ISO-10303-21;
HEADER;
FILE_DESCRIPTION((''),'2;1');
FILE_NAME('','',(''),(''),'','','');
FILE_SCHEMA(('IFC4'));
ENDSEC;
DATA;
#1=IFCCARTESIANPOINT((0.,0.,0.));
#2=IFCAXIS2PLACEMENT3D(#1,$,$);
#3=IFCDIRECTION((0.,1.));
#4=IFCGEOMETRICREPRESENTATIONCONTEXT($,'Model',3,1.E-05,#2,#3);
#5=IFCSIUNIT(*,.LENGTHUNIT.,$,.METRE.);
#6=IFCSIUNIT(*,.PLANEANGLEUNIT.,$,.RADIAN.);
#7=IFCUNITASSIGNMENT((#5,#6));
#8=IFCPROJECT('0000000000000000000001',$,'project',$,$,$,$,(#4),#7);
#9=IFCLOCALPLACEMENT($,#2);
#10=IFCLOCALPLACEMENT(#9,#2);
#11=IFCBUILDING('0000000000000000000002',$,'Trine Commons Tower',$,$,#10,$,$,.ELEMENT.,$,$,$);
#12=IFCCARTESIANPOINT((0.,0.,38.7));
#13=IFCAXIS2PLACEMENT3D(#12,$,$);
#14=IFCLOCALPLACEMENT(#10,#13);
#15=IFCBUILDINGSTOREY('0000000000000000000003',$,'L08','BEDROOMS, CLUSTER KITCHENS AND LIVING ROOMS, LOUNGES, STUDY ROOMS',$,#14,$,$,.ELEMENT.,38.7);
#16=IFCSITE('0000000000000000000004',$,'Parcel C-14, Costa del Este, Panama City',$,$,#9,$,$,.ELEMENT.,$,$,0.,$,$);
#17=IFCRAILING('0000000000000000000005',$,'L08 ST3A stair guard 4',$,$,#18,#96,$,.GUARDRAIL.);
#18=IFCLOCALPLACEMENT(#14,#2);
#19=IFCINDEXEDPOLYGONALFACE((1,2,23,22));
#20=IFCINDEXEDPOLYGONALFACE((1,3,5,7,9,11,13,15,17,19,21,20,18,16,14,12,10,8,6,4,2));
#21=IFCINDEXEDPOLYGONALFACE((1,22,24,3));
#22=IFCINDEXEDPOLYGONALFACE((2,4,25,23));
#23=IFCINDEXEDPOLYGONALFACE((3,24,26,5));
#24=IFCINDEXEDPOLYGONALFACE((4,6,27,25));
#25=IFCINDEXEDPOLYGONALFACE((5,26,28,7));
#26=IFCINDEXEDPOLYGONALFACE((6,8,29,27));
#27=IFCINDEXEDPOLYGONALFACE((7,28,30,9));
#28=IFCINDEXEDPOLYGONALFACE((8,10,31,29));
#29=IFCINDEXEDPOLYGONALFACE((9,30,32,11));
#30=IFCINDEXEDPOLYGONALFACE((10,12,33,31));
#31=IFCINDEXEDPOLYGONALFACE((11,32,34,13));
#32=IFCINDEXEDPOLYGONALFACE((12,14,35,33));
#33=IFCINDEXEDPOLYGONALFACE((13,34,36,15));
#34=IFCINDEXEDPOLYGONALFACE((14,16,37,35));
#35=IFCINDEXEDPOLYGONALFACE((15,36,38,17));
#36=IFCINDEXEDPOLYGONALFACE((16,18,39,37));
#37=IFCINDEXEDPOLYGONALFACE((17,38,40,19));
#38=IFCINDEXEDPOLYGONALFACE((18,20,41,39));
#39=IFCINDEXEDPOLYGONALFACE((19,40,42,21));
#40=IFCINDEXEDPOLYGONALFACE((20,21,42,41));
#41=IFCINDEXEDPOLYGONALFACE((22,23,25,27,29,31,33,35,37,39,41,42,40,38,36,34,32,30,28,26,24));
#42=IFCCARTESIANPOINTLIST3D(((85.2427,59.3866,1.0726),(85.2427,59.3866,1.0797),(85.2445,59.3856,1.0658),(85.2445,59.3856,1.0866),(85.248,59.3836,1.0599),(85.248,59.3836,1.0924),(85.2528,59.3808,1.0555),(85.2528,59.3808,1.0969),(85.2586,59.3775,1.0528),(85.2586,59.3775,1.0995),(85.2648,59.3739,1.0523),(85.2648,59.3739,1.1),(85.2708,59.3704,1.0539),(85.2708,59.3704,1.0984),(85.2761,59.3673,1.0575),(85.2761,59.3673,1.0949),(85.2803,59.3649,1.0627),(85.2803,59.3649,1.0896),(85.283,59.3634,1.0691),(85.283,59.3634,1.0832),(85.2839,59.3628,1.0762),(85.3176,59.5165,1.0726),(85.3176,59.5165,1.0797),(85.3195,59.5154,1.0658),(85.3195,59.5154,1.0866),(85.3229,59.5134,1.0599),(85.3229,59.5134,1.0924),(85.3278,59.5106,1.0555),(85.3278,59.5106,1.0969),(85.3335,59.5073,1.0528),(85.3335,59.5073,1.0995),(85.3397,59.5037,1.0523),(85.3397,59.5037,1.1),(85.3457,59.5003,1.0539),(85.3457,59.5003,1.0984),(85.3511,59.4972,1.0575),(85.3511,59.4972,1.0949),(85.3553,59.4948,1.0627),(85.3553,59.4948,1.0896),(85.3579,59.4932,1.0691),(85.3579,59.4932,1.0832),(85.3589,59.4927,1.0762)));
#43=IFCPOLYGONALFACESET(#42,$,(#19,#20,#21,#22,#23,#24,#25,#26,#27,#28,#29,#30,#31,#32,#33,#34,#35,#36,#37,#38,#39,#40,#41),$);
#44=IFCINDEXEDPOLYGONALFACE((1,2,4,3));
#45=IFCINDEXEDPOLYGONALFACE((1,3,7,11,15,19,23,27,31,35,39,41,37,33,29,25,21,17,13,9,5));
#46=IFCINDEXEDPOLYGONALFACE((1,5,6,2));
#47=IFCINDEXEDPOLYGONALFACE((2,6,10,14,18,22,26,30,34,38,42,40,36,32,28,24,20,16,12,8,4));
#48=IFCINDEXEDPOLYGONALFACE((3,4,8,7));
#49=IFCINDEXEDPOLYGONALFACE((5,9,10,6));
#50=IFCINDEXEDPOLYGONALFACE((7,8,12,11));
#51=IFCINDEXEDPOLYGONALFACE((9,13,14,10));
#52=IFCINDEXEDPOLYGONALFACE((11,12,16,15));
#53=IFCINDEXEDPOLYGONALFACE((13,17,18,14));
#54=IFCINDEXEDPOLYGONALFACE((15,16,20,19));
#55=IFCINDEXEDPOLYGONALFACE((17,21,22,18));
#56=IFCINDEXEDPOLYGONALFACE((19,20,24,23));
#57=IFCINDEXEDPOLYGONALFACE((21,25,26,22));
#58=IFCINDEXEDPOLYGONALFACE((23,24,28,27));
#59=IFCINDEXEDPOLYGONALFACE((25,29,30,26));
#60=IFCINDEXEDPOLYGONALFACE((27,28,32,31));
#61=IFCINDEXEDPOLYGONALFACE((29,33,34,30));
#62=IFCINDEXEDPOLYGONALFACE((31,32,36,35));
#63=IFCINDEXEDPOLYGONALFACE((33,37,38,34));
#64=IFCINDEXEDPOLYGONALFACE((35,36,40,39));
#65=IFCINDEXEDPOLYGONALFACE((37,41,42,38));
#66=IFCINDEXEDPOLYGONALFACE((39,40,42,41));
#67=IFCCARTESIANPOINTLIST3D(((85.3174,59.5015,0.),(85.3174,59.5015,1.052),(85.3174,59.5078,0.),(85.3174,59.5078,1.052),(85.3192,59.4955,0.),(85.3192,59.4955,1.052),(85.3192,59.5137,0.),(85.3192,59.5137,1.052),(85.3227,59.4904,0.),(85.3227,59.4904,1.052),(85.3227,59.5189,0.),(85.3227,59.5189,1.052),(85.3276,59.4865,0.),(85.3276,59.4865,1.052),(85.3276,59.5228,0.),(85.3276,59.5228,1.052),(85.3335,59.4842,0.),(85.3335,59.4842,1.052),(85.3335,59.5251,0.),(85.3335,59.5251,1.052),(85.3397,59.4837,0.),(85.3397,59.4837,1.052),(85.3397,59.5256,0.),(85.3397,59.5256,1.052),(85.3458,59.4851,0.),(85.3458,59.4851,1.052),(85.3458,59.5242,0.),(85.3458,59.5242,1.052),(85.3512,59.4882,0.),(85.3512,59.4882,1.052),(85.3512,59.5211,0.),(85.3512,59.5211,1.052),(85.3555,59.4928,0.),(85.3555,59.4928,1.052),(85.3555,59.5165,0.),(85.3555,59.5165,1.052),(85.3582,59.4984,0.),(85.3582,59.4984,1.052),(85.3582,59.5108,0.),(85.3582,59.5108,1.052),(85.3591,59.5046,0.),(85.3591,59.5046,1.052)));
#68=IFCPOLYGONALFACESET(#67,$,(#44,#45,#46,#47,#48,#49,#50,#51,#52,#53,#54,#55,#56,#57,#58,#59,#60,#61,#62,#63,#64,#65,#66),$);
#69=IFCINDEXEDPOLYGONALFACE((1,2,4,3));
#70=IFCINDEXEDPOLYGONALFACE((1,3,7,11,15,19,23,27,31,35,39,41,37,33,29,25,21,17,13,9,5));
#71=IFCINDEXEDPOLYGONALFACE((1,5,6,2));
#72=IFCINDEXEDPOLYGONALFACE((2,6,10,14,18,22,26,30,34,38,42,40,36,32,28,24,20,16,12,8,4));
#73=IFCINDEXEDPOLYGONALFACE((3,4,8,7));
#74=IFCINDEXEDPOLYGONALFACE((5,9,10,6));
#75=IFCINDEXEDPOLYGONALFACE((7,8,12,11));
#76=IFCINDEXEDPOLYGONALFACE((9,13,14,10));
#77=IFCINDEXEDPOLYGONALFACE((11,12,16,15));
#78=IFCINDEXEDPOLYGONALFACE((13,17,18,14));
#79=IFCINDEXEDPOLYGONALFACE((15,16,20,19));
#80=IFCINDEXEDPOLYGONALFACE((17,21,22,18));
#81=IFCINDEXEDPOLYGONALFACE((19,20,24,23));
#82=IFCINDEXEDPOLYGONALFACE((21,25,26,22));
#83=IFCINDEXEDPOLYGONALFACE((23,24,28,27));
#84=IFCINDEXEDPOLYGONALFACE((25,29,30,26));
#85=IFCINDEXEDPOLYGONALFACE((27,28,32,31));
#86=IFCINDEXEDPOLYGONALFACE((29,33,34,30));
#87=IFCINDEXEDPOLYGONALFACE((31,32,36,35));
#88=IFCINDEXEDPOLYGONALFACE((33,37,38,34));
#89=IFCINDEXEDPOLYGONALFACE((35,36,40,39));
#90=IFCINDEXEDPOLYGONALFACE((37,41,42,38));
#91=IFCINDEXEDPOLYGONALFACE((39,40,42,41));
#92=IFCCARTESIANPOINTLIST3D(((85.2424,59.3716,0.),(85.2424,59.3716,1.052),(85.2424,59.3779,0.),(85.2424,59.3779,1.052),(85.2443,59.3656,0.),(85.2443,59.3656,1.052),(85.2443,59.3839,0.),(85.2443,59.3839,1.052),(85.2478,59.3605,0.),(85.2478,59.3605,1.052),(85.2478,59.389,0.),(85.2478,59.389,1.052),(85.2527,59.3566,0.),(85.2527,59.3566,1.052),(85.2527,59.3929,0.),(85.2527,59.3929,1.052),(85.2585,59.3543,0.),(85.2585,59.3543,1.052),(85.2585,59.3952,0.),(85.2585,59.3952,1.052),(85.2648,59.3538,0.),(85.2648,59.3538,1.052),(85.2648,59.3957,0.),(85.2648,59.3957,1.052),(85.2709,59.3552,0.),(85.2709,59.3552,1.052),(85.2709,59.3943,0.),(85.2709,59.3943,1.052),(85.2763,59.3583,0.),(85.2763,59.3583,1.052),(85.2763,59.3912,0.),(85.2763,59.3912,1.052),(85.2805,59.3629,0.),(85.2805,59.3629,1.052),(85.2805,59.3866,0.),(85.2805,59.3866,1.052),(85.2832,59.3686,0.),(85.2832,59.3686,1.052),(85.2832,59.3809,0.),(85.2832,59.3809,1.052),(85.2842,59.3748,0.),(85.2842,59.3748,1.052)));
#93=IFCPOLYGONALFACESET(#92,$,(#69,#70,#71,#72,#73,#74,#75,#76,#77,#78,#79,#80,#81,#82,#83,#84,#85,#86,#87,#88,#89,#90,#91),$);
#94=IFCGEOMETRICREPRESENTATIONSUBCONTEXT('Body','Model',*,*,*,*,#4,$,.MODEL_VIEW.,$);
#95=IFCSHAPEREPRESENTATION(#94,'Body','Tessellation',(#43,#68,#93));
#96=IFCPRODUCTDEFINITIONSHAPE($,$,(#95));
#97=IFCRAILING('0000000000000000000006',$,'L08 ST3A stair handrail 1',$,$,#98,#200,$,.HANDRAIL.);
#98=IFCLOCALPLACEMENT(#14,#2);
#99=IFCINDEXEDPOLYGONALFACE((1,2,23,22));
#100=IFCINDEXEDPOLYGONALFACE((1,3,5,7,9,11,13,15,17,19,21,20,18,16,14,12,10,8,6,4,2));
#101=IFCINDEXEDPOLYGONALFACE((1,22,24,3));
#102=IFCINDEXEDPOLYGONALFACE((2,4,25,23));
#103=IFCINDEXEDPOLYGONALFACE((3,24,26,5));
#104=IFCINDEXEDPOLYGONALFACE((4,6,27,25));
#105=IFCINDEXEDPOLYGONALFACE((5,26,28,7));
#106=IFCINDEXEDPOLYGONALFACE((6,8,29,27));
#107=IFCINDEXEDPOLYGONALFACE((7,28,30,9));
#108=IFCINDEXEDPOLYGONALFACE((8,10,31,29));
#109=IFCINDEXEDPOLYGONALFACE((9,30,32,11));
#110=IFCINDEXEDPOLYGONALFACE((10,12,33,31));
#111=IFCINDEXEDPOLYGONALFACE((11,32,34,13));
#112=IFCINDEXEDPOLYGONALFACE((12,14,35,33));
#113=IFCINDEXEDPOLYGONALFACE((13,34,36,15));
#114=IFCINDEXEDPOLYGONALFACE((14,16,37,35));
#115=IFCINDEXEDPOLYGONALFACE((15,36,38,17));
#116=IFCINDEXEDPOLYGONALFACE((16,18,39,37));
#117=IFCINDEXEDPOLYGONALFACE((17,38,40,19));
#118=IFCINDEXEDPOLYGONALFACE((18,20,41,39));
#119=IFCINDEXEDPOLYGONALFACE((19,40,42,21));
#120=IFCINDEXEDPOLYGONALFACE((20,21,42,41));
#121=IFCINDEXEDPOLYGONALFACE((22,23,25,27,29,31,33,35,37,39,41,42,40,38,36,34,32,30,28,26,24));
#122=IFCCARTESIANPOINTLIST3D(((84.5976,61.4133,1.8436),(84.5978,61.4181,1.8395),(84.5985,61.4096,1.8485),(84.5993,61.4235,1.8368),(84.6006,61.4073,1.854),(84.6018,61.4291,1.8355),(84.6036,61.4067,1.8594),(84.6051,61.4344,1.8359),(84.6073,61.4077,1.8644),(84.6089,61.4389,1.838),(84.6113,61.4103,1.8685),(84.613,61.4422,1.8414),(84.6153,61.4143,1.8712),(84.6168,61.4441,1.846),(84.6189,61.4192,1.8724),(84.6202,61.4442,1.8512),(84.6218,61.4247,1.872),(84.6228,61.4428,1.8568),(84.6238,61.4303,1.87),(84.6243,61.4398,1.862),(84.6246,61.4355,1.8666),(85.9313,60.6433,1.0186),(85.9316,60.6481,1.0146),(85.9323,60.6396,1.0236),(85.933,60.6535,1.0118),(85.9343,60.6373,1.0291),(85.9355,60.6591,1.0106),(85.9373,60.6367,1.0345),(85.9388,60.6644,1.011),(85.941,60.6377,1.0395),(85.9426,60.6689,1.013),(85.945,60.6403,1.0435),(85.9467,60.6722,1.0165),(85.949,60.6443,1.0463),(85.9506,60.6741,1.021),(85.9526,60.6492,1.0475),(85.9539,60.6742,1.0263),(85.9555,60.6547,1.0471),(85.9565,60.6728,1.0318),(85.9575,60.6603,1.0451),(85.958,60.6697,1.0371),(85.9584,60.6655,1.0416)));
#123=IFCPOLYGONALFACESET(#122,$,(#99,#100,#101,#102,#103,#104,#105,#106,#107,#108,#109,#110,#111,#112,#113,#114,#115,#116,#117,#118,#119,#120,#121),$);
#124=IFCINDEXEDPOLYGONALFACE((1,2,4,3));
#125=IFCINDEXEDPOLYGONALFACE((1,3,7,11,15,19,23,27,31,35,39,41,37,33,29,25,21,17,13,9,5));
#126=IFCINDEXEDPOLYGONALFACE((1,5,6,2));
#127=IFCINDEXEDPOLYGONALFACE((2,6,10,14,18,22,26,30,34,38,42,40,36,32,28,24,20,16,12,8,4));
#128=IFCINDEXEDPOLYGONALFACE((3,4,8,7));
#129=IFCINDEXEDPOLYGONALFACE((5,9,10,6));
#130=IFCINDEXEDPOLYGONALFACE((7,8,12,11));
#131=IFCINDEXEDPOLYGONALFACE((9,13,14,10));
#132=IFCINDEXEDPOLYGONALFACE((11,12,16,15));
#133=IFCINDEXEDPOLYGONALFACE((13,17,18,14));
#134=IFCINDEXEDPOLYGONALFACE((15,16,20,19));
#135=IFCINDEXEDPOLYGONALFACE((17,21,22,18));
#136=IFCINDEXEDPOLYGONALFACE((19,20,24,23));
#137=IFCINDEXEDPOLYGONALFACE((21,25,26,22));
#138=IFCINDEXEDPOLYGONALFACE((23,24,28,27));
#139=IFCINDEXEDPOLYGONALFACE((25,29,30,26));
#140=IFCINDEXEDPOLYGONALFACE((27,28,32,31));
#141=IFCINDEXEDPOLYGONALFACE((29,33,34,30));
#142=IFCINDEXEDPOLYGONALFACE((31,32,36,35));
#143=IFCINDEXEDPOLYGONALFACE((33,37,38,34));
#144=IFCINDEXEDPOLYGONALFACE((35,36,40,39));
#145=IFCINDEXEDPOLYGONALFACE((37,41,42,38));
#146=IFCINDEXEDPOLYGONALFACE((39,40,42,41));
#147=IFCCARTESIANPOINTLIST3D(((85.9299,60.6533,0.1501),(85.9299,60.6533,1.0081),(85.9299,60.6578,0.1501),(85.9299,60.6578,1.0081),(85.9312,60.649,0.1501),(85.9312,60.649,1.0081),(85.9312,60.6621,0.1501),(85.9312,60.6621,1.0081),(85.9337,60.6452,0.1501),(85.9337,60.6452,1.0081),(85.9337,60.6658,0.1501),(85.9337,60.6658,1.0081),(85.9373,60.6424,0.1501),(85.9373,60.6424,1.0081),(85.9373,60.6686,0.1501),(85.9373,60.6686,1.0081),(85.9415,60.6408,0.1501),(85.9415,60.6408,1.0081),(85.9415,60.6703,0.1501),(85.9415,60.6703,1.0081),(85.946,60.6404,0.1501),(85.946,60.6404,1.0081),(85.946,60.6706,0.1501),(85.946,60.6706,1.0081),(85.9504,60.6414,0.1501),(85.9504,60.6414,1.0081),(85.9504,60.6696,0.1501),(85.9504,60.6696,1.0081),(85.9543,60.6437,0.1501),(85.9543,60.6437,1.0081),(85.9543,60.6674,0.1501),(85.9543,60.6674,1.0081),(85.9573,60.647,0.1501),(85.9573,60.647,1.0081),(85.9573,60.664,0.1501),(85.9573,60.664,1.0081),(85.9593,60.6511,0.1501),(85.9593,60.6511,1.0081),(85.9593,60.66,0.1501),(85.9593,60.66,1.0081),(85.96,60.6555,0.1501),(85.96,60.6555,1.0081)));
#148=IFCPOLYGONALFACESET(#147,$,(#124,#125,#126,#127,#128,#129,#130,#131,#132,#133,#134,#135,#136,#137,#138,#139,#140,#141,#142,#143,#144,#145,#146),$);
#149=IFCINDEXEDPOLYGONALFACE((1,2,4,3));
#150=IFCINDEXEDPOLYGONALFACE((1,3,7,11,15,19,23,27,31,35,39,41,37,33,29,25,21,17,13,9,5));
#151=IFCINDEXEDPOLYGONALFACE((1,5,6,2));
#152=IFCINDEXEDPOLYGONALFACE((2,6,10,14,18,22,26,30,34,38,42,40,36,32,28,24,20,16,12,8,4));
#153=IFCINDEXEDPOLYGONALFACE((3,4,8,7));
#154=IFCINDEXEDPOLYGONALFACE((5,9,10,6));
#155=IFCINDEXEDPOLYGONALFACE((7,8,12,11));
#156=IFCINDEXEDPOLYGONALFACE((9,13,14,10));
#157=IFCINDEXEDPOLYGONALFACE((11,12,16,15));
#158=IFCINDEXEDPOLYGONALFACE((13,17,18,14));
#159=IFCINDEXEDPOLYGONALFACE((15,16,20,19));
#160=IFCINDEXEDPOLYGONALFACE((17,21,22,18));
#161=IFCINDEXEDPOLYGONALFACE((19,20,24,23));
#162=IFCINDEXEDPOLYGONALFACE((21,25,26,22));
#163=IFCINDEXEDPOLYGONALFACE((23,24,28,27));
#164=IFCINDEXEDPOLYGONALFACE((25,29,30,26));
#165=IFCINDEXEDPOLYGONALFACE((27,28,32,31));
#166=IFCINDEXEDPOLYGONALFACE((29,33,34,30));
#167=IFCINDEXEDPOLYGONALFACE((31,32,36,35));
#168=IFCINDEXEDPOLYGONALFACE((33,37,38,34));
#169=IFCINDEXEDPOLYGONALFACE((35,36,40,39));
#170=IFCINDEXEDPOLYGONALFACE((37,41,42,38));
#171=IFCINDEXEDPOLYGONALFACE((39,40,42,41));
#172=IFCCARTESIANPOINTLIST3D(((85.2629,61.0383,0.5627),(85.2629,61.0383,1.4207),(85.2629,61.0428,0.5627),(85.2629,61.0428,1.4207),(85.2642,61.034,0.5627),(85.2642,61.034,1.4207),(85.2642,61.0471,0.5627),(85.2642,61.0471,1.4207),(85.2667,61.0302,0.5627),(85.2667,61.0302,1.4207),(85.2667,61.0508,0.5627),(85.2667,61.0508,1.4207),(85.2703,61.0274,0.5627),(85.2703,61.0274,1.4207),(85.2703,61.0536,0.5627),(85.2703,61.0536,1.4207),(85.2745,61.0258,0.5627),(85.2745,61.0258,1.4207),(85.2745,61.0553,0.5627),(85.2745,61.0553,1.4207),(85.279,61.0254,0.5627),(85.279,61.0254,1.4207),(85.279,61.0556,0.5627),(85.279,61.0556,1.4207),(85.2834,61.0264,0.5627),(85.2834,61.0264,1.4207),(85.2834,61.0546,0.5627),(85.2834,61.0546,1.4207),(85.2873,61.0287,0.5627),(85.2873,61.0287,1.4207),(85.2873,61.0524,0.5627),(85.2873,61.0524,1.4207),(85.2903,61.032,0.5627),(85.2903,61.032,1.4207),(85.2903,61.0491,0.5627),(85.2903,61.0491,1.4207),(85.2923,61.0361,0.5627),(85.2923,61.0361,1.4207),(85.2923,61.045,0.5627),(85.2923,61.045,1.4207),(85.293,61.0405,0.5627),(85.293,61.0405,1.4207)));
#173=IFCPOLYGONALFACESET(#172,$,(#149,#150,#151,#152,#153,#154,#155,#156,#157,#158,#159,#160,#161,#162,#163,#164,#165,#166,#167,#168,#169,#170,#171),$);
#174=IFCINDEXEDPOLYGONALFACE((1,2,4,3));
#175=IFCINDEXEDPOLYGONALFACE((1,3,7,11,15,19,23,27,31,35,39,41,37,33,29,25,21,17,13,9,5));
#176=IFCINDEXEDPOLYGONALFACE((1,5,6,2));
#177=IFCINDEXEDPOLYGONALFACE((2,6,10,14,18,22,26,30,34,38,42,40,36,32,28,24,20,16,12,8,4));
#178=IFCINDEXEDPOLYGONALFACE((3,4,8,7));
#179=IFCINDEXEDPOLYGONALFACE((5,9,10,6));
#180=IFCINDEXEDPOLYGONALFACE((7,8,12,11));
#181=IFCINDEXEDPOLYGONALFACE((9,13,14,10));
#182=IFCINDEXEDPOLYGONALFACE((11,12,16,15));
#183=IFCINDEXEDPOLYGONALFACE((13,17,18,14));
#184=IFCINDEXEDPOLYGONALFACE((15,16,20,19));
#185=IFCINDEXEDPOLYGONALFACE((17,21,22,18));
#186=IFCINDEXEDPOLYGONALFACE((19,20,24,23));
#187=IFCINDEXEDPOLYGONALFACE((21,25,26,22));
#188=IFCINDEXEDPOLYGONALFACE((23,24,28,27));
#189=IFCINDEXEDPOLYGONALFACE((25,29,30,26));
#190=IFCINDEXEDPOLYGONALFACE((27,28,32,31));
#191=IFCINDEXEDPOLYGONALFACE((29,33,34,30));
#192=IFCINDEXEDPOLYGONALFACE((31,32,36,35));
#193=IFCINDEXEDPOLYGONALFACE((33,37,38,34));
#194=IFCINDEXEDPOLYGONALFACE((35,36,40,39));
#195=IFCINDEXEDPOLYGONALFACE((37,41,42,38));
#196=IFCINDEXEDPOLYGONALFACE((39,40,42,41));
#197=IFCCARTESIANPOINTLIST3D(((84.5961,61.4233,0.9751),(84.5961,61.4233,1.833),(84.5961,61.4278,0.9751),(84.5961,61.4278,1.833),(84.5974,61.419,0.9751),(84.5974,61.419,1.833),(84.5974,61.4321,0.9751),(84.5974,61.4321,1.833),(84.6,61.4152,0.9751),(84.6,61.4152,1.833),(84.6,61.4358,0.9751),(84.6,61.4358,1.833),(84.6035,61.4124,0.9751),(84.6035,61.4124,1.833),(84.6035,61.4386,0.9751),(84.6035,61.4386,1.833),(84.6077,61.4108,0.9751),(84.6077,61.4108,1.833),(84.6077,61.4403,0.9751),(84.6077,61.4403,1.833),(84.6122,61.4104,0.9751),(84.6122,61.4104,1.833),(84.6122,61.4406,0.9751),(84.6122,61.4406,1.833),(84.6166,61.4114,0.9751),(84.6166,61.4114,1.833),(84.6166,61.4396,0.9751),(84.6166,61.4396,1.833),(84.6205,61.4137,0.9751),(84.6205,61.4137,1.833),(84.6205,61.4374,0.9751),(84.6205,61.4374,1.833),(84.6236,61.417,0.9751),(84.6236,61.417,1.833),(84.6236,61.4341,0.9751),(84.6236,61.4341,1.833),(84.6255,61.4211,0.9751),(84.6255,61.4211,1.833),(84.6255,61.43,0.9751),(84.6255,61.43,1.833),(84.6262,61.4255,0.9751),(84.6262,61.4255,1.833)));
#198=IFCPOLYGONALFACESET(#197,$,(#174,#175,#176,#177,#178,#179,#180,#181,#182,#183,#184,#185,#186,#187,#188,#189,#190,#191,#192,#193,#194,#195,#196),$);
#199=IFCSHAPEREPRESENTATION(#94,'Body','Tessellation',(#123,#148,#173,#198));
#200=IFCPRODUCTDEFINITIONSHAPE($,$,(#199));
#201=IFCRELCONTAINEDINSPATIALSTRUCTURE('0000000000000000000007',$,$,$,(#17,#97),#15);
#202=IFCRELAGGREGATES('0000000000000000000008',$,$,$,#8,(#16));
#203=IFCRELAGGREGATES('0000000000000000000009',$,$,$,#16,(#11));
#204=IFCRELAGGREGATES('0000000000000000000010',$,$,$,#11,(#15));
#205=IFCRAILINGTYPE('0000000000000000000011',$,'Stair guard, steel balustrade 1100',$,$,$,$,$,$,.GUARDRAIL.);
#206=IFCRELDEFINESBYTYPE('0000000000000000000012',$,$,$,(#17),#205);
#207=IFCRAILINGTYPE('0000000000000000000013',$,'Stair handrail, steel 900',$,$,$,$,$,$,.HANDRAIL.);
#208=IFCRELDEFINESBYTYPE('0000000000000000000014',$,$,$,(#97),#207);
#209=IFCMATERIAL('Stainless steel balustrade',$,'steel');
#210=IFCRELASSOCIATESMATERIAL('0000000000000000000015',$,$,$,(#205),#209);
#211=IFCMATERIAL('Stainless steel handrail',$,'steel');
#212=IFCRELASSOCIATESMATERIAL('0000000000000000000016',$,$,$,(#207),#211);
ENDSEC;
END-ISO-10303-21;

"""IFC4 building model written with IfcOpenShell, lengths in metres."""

from ifc_helpers import new_model, si_unit, direction, frame, origin, origin_2d, place, context, subcontext, project, spatial, circle, extrude, material, type_object, element, save


model = new_model("IFC4")

# Units and contexts
model_context = context("Model", 3, precision=1e-05, world=origin(), true_north=direction((0.0, 1.0)))
body_context = subcontext(model_context, "Body", "Model", "MODEL_VIEW")
ifc_project = project(units=[si_unit("LENGTHUNIT", "METRE"), si_unit("PLANEANGLEUNIT", "RADIAN")], contexts=[model_context])

# Site, building, storey
site_placement = place(None, origin())
site = spatial("IfcSite", under=ifc_project, at=site_placement, Name="Parcel C-14, Costa del Este, Panama City", CompositionType="ELEMENT", RefElevation=0.0)
building_placement = place(site_placement, origin())
building = spatial("IfcBuilding", under=site, at=building_placement, Name="Trine Commons Tower", CompositionType="ELEMENT")
storey_placement = place(building_placement, frame((0.0, 0.0, 38.7)))
storey = spatial("IfcBuildingStorey", under=building, at=storey_placement, Name="L08", Description="BEDROOMS, CLUSTER KITCHENS AND LIVING ROOMS, LOUNGES, STUDY ROOMS", CompositionType="ELEMENT", Elevation=38.7)

# Railings
ifc_material_1 = material(Name="Stainless steel balustrade", Category="steel")
railing_type_1 = type_object("IfcRailingType", Name="Stair guard, steel balustrade 1100", PredefinedType="GUARDRAIL", material=ifc_material_1)
railing_1_placement = place(storey_placement, frame((85.3381, 59.5046, 0.0)))
element("IfcRailing", 1, at=railing_1_placement, inside=storey, type_object=railing_type_1, Name="L08 ST3A stair guard 4", PredefinedType="GUARDRAIL", context=body_context, shape_type="SweptSolid", body=[
    extrude(circle(Radius=0.0239, at=origin_2d()), frame((0.0, 0.0, 1.0762), z_axis=(-0.499816, -0.866131, 0.0), x_axis=(0.866131, -0.499816, 0.0)), (0.0, 0.0, 1.0), 0.1499),
    extrude(circle(Radius=0.021, at=origin_2d()), origin(), (0.0, 0.0, 1.0), 1.052),
    extrude(circle(Radius=0.021, at=origin_2d()), frame((-0.075, -0.1299, 0.0)), (0.0, 0.0, 1.0), 1.052),
])
ifc_material_2 = material(Name="Stainless steel handrail", Category="steel")
railing_type_2 = type_object("IfcRailingType", Name="Stair handrail, steel 900", PredefinedType="HANDRAIL", material=ifc_material_2)
for number, where, name in (
    (2, (85.9448, 60.6555, 0.1501), "L08 ST3A stair handrail 1"),
):
    element("IfcRailing", number, at=place(storey_placement, frame(where)), inside=storey, type_object=railing_type_2, Name=name, PredefinedType="HANDRAIL", context=body_context, shape_type="SweptSolid", body=[
        extrude(circle(Radius=0.021, at=origin_2d()), frame((0.0, 0.0, 0.8789), z_axis=(-0.763405, 0.440743, 0.472185), x_axis=(-0.499992, -0.86603, 0.0)), (0.0, 0.0, 1.0), 1.7471),
        extrude(circle(Radius=0.0151, at=origin_2d()), origin(), (0.0, 0.0, 1.0), 0.8579),
        extrude(circle(Radius=0.0151, at=origin_2d()), frame((-0.667, 0.385, 0.4126)), (0.0, 0.0, 1.0), 0.8579),
        extrude(circle(Radius=0.0151, at=origin_2d()), frame((-1.3337, 0.77, 0.825)), (0.0, 0.0, 1.0), 0.8579),
    ])

save(model, "model.ifc")
